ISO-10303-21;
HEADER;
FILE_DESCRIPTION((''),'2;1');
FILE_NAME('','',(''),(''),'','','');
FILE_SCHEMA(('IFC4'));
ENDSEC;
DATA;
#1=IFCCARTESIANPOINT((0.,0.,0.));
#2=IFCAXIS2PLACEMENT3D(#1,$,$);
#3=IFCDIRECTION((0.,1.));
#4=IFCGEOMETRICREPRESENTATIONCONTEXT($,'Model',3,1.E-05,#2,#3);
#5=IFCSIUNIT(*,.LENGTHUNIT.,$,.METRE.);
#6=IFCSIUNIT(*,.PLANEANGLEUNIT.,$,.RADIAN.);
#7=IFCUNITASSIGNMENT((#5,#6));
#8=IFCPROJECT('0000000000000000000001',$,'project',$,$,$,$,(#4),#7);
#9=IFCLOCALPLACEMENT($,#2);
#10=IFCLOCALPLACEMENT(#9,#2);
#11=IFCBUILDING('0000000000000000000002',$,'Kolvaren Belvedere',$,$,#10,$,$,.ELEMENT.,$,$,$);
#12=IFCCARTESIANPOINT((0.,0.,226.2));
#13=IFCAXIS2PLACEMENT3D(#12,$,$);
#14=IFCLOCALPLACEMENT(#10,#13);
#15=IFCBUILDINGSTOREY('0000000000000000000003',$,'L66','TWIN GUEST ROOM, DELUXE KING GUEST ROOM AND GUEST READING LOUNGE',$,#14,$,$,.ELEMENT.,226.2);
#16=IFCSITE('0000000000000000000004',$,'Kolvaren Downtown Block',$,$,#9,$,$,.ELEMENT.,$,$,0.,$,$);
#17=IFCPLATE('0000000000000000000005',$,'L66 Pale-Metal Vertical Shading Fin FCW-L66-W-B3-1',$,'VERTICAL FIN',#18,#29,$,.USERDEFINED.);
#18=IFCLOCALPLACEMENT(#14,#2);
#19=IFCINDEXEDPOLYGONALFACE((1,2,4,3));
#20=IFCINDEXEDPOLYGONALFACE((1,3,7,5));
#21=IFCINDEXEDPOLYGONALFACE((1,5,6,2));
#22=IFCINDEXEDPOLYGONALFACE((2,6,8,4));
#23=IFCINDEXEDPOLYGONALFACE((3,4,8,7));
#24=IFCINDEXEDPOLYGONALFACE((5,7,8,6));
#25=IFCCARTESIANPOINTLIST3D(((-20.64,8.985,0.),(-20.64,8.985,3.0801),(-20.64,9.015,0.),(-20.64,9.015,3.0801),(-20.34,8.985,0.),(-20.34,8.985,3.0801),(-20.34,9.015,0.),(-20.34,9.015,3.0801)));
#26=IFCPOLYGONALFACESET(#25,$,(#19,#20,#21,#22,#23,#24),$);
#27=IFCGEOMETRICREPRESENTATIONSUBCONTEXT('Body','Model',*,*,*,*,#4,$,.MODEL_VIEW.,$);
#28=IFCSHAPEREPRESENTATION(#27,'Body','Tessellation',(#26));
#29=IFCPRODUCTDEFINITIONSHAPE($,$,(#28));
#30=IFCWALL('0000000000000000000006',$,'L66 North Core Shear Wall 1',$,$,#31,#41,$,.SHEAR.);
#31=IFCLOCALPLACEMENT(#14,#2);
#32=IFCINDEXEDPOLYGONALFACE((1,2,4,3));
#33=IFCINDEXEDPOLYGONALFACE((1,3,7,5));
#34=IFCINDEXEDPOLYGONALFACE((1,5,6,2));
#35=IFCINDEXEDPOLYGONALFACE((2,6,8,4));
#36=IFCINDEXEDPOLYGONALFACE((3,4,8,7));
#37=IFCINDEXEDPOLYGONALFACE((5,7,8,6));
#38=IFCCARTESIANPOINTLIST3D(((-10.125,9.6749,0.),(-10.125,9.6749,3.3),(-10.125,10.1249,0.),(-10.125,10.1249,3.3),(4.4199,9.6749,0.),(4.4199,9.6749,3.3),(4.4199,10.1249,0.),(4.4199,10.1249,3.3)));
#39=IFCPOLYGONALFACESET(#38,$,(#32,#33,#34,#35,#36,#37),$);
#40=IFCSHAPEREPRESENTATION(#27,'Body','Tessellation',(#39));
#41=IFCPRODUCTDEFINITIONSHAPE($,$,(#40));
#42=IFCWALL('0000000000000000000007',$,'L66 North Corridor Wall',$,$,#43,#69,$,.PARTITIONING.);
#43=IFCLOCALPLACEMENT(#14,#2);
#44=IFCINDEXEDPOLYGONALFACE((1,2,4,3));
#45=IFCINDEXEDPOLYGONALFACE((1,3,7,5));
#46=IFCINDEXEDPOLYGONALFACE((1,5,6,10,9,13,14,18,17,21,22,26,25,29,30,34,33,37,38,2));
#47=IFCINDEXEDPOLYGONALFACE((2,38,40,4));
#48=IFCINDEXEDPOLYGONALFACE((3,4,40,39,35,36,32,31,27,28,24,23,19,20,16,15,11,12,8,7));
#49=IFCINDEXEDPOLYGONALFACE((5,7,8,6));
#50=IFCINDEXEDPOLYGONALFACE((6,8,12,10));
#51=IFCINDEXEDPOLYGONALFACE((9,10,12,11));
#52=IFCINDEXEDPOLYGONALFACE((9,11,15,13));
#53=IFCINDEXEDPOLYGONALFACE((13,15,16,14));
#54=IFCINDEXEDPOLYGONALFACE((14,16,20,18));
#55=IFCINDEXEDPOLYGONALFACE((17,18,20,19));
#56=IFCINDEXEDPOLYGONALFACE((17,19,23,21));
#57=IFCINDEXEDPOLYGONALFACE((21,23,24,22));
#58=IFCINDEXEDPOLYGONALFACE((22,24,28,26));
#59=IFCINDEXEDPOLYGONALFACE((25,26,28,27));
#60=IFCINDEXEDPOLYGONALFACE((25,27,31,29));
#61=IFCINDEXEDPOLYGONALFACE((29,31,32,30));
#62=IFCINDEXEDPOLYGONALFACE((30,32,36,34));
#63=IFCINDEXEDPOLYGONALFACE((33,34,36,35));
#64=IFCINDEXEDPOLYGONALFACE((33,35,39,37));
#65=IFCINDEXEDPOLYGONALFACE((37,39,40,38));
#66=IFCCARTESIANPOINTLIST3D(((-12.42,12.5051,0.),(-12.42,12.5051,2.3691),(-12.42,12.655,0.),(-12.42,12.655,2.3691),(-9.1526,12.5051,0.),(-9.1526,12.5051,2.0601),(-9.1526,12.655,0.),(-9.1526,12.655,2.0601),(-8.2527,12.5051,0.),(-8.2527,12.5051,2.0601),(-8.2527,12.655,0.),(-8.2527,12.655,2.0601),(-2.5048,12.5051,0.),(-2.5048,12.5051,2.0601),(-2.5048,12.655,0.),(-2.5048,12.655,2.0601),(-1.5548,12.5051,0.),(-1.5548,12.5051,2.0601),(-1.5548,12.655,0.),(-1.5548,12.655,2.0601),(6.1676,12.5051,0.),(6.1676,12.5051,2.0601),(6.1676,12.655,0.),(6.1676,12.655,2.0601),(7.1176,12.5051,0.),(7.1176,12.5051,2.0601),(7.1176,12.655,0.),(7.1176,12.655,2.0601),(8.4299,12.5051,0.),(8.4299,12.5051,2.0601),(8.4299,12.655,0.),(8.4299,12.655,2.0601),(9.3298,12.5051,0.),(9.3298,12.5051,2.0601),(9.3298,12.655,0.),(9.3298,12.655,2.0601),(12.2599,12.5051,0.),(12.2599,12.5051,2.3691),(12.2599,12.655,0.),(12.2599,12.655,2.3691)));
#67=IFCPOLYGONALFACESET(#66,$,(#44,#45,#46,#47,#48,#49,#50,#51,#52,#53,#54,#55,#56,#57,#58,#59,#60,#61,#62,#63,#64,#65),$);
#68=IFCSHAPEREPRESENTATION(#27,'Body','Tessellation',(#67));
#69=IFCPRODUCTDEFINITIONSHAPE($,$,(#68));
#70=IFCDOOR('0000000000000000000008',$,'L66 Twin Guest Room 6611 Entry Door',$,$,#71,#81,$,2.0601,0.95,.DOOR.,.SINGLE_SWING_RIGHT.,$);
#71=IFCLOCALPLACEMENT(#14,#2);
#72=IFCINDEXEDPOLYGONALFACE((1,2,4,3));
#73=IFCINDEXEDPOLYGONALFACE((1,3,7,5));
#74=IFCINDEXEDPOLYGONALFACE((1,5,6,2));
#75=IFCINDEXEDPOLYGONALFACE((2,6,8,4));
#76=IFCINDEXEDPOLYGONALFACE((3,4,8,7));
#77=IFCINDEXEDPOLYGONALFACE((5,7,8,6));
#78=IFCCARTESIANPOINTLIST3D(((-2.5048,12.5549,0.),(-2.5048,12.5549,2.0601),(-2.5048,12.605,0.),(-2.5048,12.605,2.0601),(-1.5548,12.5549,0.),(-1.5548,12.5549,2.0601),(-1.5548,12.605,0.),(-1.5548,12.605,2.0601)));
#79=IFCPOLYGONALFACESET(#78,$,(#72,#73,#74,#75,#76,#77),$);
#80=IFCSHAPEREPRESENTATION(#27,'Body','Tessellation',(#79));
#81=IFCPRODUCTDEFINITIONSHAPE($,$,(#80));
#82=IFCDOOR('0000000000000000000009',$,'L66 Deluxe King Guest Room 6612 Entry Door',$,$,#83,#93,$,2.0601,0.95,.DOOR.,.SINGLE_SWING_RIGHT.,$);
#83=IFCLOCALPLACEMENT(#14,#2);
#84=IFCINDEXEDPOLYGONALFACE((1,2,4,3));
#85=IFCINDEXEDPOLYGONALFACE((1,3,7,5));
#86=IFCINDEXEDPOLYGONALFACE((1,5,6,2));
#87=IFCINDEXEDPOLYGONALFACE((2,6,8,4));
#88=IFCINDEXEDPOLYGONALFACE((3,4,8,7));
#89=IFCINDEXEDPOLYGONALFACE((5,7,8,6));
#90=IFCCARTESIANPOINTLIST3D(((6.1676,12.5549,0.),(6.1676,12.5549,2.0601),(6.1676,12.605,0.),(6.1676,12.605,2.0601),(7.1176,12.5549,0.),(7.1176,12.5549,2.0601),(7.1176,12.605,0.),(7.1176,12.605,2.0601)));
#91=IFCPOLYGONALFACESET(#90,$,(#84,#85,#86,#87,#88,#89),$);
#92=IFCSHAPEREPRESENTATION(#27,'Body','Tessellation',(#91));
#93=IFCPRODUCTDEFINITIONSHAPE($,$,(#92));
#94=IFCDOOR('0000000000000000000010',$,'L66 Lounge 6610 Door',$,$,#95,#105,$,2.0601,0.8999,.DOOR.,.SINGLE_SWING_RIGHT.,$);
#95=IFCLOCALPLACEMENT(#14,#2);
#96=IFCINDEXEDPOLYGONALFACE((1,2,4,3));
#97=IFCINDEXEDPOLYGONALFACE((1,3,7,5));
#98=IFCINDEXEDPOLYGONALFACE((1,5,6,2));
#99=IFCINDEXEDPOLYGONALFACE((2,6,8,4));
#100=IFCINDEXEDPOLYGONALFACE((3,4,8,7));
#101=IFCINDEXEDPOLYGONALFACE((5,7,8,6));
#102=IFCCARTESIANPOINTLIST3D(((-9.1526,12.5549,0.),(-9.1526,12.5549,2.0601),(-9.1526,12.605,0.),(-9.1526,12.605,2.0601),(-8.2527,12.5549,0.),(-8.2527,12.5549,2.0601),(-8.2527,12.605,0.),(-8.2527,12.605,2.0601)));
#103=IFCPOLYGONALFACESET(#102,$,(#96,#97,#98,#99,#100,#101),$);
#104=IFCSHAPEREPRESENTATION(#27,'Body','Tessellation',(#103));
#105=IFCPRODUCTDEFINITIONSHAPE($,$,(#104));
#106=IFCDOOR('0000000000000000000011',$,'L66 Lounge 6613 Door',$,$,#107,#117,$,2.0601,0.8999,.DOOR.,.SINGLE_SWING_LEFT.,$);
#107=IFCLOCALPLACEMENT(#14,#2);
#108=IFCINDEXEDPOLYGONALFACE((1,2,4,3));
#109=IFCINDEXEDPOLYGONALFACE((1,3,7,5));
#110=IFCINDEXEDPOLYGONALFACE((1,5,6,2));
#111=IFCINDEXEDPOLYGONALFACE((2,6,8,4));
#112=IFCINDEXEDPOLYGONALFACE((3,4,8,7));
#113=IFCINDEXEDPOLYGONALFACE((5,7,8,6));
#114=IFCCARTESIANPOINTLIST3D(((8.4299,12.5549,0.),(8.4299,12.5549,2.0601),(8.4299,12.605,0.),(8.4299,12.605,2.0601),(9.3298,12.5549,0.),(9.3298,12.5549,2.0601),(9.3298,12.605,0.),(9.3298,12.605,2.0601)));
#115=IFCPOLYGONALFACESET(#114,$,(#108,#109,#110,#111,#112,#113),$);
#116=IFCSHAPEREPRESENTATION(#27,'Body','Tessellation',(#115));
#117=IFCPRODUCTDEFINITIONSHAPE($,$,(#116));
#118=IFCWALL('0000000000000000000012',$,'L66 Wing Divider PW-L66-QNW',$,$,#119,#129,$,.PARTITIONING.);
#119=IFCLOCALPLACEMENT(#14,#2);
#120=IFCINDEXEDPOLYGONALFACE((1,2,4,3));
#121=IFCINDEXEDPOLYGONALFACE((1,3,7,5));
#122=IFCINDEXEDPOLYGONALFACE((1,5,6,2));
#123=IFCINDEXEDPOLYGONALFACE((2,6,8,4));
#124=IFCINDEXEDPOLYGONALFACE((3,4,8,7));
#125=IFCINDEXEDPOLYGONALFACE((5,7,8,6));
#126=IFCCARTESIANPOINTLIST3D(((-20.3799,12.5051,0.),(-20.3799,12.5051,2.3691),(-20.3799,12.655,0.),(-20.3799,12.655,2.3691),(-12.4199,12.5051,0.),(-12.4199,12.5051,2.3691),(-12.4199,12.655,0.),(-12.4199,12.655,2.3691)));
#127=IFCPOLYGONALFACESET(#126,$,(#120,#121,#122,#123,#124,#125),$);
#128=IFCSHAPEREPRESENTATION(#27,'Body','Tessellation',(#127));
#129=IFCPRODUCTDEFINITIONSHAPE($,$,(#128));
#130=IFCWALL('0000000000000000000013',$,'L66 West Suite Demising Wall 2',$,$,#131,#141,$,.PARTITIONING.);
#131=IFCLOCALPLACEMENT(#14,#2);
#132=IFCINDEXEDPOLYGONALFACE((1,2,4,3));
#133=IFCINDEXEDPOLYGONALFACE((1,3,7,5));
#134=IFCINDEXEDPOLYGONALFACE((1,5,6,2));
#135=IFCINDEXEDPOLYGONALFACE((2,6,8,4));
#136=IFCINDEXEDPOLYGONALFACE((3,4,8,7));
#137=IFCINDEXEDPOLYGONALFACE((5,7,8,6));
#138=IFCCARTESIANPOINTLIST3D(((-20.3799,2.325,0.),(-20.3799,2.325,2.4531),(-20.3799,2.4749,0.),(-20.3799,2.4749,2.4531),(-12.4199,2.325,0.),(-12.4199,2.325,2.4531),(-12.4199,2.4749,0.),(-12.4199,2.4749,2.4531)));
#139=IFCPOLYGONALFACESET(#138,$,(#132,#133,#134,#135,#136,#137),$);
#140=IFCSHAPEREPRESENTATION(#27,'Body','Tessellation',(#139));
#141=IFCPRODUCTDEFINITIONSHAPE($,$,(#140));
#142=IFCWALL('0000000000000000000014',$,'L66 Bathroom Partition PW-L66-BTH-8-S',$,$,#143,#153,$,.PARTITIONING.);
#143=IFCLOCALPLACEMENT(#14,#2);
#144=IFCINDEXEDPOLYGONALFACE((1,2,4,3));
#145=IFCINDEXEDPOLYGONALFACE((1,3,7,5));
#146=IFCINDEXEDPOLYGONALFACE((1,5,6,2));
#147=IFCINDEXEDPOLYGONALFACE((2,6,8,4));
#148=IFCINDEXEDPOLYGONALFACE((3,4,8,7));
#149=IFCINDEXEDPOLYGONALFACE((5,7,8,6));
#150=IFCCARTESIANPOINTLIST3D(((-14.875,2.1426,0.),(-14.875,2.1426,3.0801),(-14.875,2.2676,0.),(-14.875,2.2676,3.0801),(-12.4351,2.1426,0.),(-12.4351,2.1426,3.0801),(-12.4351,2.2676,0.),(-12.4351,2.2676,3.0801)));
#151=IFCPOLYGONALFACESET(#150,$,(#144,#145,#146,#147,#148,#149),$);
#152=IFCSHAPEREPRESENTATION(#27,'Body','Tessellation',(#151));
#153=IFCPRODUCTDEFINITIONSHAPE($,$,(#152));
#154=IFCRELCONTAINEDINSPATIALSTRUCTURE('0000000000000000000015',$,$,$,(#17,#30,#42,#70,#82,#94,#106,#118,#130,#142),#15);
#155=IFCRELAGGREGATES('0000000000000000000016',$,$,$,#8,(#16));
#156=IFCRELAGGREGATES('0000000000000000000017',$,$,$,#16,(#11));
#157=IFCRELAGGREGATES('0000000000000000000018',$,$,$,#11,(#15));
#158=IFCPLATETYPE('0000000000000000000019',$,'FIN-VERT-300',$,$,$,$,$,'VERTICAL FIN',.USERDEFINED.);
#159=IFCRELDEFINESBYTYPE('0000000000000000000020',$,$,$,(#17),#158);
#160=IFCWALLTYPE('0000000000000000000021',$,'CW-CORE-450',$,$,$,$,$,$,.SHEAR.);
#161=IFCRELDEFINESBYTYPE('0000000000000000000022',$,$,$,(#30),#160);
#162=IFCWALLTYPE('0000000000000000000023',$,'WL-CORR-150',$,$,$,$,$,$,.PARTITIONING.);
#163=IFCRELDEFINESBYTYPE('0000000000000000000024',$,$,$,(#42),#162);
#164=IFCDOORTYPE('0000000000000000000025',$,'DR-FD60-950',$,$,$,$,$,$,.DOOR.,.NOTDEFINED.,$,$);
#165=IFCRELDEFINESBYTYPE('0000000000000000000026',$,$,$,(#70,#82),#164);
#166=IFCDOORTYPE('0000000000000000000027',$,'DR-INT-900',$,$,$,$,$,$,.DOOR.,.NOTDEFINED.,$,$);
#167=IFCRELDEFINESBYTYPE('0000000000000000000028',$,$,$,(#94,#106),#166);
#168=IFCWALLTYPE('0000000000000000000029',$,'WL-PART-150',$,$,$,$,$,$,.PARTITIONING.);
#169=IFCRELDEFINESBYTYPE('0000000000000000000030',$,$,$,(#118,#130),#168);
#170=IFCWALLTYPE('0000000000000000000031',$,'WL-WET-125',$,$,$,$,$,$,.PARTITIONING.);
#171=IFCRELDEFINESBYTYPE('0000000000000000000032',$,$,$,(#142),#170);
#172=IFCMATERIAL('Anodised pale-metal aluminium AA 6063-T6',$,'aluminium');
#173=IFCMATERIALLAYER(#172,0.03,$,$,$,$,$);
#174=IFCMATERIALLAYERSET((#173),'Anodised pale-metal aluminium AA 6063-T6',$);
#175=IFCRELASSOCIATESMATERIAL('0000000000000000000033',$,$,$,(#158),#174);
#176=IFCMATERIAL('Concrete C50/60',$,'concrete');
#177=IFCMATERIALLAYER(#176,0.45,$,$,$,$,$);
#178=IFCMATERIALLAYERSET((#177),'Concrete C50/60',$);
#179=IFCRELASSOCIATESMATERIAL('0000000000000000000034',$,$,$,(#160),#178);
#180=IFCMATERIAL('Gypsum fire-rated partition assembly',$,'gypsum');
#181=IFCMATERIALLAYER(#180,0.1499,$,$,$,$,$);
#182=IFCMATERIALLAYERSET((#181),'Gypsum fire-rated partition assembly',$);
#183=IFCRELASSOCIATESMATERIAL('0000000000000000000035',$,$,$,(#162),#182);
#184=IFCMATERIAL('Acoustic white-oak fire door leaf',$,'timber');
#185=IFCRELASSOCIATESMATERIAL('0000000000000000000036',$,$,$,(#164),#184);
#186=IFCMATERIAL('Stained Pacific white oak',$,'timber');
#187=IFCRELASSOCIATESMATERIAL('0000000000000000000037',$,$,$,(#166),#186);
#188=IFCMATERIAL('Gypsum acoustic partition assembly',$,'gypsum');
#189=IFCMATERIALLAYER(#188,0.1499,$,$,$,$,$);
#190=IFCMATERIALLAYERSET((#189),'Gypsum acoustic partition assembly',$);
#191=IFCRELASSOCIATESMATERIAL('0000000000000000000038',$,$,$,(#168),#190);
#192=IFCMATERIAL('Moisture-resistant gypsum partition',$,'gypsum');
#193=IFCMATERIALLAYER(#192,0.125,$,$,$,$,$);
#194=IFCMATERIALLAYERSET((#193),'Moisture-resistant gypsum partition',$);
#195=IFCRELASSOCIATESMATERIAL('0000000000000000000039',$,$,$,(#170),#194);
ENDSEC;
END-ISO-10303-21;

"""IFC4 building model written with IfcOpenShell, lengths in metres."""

from ifc_helpers import new_model, si_unit, direction, frame, frame_2d, origin, origin_2d, place, context, subcontext, project, spatial, rectangle, extrude, material, layer, layer_set, type_object, element, fill, save


model = new_model("IFC4")

# Units and contexts
model_context = context("Model", 3, precision=1e-05, world=origin(), true_north=direction((0.0, 1.0)))
body_context = subcontext(model_context, "Body", "Model", "MODEL_VIEW")
ifc_project = project(units=[si_unit("LENGTHUNIT", "METRE"), si_unit("PLANEANGLEUNIT", "RADIAN")], contexts=[model_context])

# Site, building, storey
site_placement = place(None, origin())
site = spatial("IfcSite", under=ifc_project, at=site_placement, Name="Kolvaren Downtown Block", CompositionType="ELEMENT", RefElevation=0.0)
building_placement = place(site_placement, origin())
building = spatial("IfcBuilding", under=site, at=building_placement, Name="Kolvaren Belvedere", CompositionType="ELEMENT")
storey_placement = place(building_placement, frame((0.0, 0.0, 226.2)))
storey = spatial("IfcBuildingStorey", under=building, at=storey_placement, Name="L66", Description="TWIN GUEST ROOM, DELUXE KING GUEST ROOM AND GUEST READING LOUNGE", CompositionType="ELEMENT", Elevation=226.2)

# Plate
ifc_material_1 = material(Name="Anodised pale-metal aluminium AA 6063-T6", Category="aluminium")
ifc_layer_1 = layer(ifc_material_1, 0.03)
ifc_layer_set_1 = layer_set([ifc_layer_1], Name="Anodised pale-metal aluminium AA 6063-T6")
plate_type_1 = type_object("IfcPlateType", Name="FIN-VERT-300", ElementType="VERTICAL FIN", PredefinedType="USERDEFINED", material=ifc_layer_set_1)
plate_1_placement = place(storey_placement, frame((-20.49, 9.0, 0.0), z_axis=(0.0, 0.0, 1.0), x_axis=(1.0, 0.0, 0.0)))
element("IfcPlate", 1, at=plate_1_placement, inside=storey, type_object=plate_type_1, Name="L66 Pale-Metal Vertical Shading Fin FCW-L66-W-B3-1", ObjectType="VERTICAL FIN", PredefinedType="USERDEFINED", context=body_context, shape_type="SweptSolid", body=[
    extrude(rectangle(XDim=0.3, YDim=0.03, at=origin_2d()), origin(), (0.0, 0.0, 1.0), 3.0801),
])

# Wall
ifc_material_2 = material(Name="Concrete C50/60", Category="concrete")
ifc_layer_2 = layer(ifc_material_2, 0.45)
ifc_layer_set_2 = layer_set([ifc_layer_2], Name="Concrete C50/60")
wall_type_1 = type_object("IfcWallType", Name="CW-CORE-450", PredefinedType="SHEAR", material=ifc_layer_set_2)
wall_1_placement = place(storey_placement, frame((-10.125, 9.8999, 0.0), z_axis=(0.0, 0.0, 1.0), x_axis=(1.0, 0.0, 0.0)))
element("IfcWall", 2, at=wall_1_placement, inside=storey, type_object=wall_type_1, Name="L66 North Core Shear Wall 1", PredefinedType="SHEAR", context=body_context, shape_type="SweptSolid", body=[
    extrude(rectangle(XDim=14.5449, YDim=0.45, at=frame_2d((7.2725, 0.0))), origin(), (0.0, 0.0, 1.0), 3.3),
])

# Wall, openings, doors
ifc_material_3 = material(Name="Gypsum fire-rated partition assembly", Category="gypsum")
ifc_layer_3 = layer(ifc_material_3, 0.1499)
ifc_layer_set_3 = layer_set([ifc_layer_3], Name="Gypsum fire-rated partition assembly")
wall_type_2 = type_object("IfcWallType", Name="WL-CORR-150", PredefinedType="PARTITIONING", material=ifc_layer_set_3)
wall_2_placement = place(storey_placement, frame((-12.4199, 12.5801, 0.0), z_axis=(0.0, 0.0, 1.0), x_axis=(1.0, 0.0, 0.0)))
wall_2 = element("IfcWall", 3, at=wall_2_placement, inside=storey, type_object=wall_type_2, Name="L66 North Corridor Wall", PredefinedType="PARTITIONING", context=body_context, shape_type="SweptSolid", body=[
    extrude(rectangle(XDim=24.6799, YDim=0.1499, at=frame_2d((12.3398, 0.0))), origin(), (0.0, 0.0, 1.0), 2.3691),
])
opening_1_placement = place(wall_2_placement, frame((3.2673, 0.0, 0.0)))
opening_1 = element("IfcOpeningElement", 4, at=opening_1_placement, cuts=wall_2, PredefinedType="OPENING", context=body_context, shape_type="SweptSolid", body=[
    extrude(rectangle(XDim=0.8999, YDim=2.0601, at=frame_2d((0.45, 1.03))), frame((0.0, 0.085, 0.0), z_axis=(0.0, -1.0, 0.0), x_axis=(1.0, 0.0, 0.0)), (0.0, 0.0, 1.0), 0.1699),
])
opening_2_placement = place(wall_2_placement, frame((9.915, 0.0, 0.0)))
opening_2 = element("IfcOpeningElement", 5, at=opening_2_placement, cuts=wall_2, PredefinedType="OPENING", context=body_context, shape_type="SweptSolid", body=[
    extrude(rectangle(XDim=0.95, YDim=2.0601, at=frame_2d((0.4751, 1.03))), frame((0.0, 0.085, 0.0), z_axis=(0.0, -1.0, 0.0), x_axis=(1.0, 0.0, 0.0)), (0.0, 0.0, 1.0), 0.1699),
])
opening_3_placement = place(wall_2_placement, frame((18.5874, 0.0, 0.0)))
opening_3 = element("IfcOpeningElement", 6, at=opening_3_placement, cuts=wall_2, PredefinedType="OPENING", context=body_context, shape_type="SweptSolid", body=[
    extrude(rectangle(XDim=0.95, YDim=2.0601, at=frame_2d((0.4751, 1.03))), frame((0.0, 0.085, 0.0), z_axis=(0.0, -1.0, 0.0), x_axis=(1.0, 0.0, 0.0)), (0.0, 0.0, 1.0), 0.1699),
])
opening_4_placement = place(wall_2_placement, frame((20.8499, 0.0, 0.0)))
opening_4 = element("IfcOpeningElement", 7, at=opening_4_placement, cuts=wall_2, PredefinedType="OPENING", context=body_context, shape_type="SweptSolid", body=[
    extrude(rectangle(XDim=0.8999, YDim=2.0601, at=frame_2d((0.45, 1.03))), frame((0.0, 0.085, 0.0), z_axis=(0.0, -1.0, 0.0), x_axis=(1.0, 0.0, 0.0)), (0.0, 0.0, 1.0), 0.1699),
])
ifc_material_4 = material(Name="Acoustic white-oak fire door leaf", Category="timber")
door_type_1 = type_object("IfcDoorType", Name="DR-FD60-950", OperationType="NOTDEFINED", PredefinedType="DOOR", material=ifc_material_4)
door_1_placement = place(opening_2_placement, origin())
door_1 = element("IfcDoor", 8, at=door_1_placement, inside=storey, type_object=door_type_1, Name="L66 Twin Guest Room 6611 Entry Door", OperationType="SINGLE_SWING_RIGHT", OverallHeight=2.0601, OverallWidth=0.95, PredefinedType="DOOR", context=body_context, shape_type="SweptSolid", body=[
    extrude(rectangle(XDim=0.95, YDim=2.0601, at=frame_2d((0.4751, 1.03))), frame((0.0, 0.0249, 0.0), z_axis=(0.0, -1.0, 0.0), x_axis=(1.0, 0.0, 0.0)), (0.0, 0.0, 1.0), 0.05),
])
fill(opening_2, door_1)
door_2_placement = place(opening_3_placement, origin())
door_2 = element("IfcDoor", 9, at=door_2_placement, inside=storey, type_object=door_type_1, Name="L66 Deluxe King Guest Room 6612 Entry Door", OperationType="SINGLE_SWING_RIGHT", OverallHeight=2.0601, OverallWidth=0.95, PredefinedType="DOOR", context=body_context, shape_type="SweptSolid", body=[
    extrude(rectangle(XDim=0.95, YDim=2.0601, at=frame_2d((0.4751, 1.03))), frame((0.0, 0.0249, 0.0), z_axis=(0.0, -1.0, 0.0), x_axis=(1.0, 0.0, 0.0)), (0.0, 0.0, 1.0), 0.05),
])
fill(opening_3, door_2)
ifc_material_5 = material(Name="Stained Pacific white oak", Category="timber")
door_type_2 = type_object("IfcDoorType", Name="DR-INT-900", OperationType="NOTDEFINED", PredefinedType="DOOR", material=ifc_material_5)
door_3_placement = place(opening_1_placement, origin())
door_3 = element("IfcDoor", 10, at=door_3_placement, inside=storey, type_object=door_type_2, Name="L66 Lounge 6610 Door", OperationType="SINGLE_SWING_RIGHT", OverallHeight=2.0601, OverallWidth=0.8999, PredefinedType="DOOR", context=body_context, shape_type="SweptSolid", body=[
    extrude(rectangle(XDim=0.8999, YDim=2.0601, at=frame_2d((0.45, 1.03))), frame((0.0, 0.0249, 0.0), z_axis=(0.0, -1.0, 0.0), x_axis=(1.0, 0.0, 0.0)), (0.0, 0.0, 1.0), 0.05),
])
fill(opening_1, door_3)
door_4_placement = place(opening_4_placement, origin())
door_4 = element("IfcDoor", 11, at=door_4_placement, inside=storey, type_object=door_type_2, Name="L66 Lounge 6613 Door", OperationType="SINGLE_SWING_LEFT", OverallHeight=2.0601, OverallWidth=0.8999, PredefinedType="DOOR", context=body_context, shape_type="SweptSolid", body=[
    extrude(rectangle(XDim=0.8999, YDim=2.0601, at=frame_2d((0.45, 1.03))), frame((0.0, 0.0249, 0.0), z_axis=(0.0, -1.0, 0.0), x_axis=(1.0, 0.0, 0.0)), (0.0, 0.0, 1.0), 0.05),
])
fill(opening_4, door_4)

# Walls
ifc_material_6 = material(Name="Gypsum acoustic partition assembly", Category="gypsum")
ifc_layer_4 = layer(ifc_material_6, 0.1499)
ifc_layer_set_4 = layer_set([ifc_layer_4], Name="Gypsum acoustic partition assembly")
wall_type_3 = type_object("IfcWallType", Name="WL-PART-150", PredefinedType="PARTITIONING", material=ifc_layer_set_4)
wall_3_placement = place(storey_placement, frame((-20.3799, 12.5801, 0.0), z_axis=(0.0, 0.0, 1.0), x_axis=(1.0, 0.0, 0.0)))
element("IfcWall", 12, at=wall_3_placement, inside=storey, type_object=wall_type_3, Name="L66 Wing Divider PW-L66-QNW", PredefinedType="PARTITIONING", context=body_context, shape_type="SweptSolid", body=[
    extrude(rectangle(XDim=7.96, YDim=0.1499, at=frame_2d((3.98, 0.0))), origin(), (0.0, 0.0, 1.0), 2.3691),
])
wall_4_placement = place(storey_placement, frame((-20.3799, 2.3999, 0.0), z_axis=(0.0, 0.0, 1.0), x_axis=(1.0, 0.0, 0.0)))
element("IfcWall", 13, at=wall_4_placement, inside=storey, type_object=wall_type_3, Name="L66 West Suite Demising Wall 2", PredefinedType="PARTITIONING", context=body_context, shape_type="SweptSolid", body=[
    extrude(rectangle(XDim=7.96, YDim=0.1499, at=frame_2d((3.98, 0.0))), origin(), (0.0, 0.0, 1.0), 2.4531),
])
ifc_material_7 = material(Name="Moisture-resistant gypsum partition", Category="gypsum")
ifc_layer_5 = layer(ifc_material_7, 0.125)
ifc_layer_set_5 = layer_set([ifc_layer_5], Name="Moisture-resistant gypsum partition")
wall_type_4 = type_object("IfcWallType", Name="WL-WET-125", PredefinedType="PARTITIONING", material=ifc_layer_set_5)
wall_5_placement = place(storey_placement, frame((-14.875, 2.2051, 0.0), z_axis=(0.0, 0.0, 1.0), x_axis=(1.0, 0.0, 0.0)))
element("IfcWall", 14, at=wall_5_placement, inside=storey, type_object=wall_type_4, Name="L66 Bathroom Partition PW-L66-BTH-8-S", PredefinedType="PARTITIONING", context=body_context, shape_type="SweptSolid", body=[
    extrude(rectangle(XDim=2.4399, YDim=0.125, at=frame_2d((1.22, 0.0))), origin(), (0.0, 0.0, 1.0), 3.0801),
])

save(model, "model.ifc")
